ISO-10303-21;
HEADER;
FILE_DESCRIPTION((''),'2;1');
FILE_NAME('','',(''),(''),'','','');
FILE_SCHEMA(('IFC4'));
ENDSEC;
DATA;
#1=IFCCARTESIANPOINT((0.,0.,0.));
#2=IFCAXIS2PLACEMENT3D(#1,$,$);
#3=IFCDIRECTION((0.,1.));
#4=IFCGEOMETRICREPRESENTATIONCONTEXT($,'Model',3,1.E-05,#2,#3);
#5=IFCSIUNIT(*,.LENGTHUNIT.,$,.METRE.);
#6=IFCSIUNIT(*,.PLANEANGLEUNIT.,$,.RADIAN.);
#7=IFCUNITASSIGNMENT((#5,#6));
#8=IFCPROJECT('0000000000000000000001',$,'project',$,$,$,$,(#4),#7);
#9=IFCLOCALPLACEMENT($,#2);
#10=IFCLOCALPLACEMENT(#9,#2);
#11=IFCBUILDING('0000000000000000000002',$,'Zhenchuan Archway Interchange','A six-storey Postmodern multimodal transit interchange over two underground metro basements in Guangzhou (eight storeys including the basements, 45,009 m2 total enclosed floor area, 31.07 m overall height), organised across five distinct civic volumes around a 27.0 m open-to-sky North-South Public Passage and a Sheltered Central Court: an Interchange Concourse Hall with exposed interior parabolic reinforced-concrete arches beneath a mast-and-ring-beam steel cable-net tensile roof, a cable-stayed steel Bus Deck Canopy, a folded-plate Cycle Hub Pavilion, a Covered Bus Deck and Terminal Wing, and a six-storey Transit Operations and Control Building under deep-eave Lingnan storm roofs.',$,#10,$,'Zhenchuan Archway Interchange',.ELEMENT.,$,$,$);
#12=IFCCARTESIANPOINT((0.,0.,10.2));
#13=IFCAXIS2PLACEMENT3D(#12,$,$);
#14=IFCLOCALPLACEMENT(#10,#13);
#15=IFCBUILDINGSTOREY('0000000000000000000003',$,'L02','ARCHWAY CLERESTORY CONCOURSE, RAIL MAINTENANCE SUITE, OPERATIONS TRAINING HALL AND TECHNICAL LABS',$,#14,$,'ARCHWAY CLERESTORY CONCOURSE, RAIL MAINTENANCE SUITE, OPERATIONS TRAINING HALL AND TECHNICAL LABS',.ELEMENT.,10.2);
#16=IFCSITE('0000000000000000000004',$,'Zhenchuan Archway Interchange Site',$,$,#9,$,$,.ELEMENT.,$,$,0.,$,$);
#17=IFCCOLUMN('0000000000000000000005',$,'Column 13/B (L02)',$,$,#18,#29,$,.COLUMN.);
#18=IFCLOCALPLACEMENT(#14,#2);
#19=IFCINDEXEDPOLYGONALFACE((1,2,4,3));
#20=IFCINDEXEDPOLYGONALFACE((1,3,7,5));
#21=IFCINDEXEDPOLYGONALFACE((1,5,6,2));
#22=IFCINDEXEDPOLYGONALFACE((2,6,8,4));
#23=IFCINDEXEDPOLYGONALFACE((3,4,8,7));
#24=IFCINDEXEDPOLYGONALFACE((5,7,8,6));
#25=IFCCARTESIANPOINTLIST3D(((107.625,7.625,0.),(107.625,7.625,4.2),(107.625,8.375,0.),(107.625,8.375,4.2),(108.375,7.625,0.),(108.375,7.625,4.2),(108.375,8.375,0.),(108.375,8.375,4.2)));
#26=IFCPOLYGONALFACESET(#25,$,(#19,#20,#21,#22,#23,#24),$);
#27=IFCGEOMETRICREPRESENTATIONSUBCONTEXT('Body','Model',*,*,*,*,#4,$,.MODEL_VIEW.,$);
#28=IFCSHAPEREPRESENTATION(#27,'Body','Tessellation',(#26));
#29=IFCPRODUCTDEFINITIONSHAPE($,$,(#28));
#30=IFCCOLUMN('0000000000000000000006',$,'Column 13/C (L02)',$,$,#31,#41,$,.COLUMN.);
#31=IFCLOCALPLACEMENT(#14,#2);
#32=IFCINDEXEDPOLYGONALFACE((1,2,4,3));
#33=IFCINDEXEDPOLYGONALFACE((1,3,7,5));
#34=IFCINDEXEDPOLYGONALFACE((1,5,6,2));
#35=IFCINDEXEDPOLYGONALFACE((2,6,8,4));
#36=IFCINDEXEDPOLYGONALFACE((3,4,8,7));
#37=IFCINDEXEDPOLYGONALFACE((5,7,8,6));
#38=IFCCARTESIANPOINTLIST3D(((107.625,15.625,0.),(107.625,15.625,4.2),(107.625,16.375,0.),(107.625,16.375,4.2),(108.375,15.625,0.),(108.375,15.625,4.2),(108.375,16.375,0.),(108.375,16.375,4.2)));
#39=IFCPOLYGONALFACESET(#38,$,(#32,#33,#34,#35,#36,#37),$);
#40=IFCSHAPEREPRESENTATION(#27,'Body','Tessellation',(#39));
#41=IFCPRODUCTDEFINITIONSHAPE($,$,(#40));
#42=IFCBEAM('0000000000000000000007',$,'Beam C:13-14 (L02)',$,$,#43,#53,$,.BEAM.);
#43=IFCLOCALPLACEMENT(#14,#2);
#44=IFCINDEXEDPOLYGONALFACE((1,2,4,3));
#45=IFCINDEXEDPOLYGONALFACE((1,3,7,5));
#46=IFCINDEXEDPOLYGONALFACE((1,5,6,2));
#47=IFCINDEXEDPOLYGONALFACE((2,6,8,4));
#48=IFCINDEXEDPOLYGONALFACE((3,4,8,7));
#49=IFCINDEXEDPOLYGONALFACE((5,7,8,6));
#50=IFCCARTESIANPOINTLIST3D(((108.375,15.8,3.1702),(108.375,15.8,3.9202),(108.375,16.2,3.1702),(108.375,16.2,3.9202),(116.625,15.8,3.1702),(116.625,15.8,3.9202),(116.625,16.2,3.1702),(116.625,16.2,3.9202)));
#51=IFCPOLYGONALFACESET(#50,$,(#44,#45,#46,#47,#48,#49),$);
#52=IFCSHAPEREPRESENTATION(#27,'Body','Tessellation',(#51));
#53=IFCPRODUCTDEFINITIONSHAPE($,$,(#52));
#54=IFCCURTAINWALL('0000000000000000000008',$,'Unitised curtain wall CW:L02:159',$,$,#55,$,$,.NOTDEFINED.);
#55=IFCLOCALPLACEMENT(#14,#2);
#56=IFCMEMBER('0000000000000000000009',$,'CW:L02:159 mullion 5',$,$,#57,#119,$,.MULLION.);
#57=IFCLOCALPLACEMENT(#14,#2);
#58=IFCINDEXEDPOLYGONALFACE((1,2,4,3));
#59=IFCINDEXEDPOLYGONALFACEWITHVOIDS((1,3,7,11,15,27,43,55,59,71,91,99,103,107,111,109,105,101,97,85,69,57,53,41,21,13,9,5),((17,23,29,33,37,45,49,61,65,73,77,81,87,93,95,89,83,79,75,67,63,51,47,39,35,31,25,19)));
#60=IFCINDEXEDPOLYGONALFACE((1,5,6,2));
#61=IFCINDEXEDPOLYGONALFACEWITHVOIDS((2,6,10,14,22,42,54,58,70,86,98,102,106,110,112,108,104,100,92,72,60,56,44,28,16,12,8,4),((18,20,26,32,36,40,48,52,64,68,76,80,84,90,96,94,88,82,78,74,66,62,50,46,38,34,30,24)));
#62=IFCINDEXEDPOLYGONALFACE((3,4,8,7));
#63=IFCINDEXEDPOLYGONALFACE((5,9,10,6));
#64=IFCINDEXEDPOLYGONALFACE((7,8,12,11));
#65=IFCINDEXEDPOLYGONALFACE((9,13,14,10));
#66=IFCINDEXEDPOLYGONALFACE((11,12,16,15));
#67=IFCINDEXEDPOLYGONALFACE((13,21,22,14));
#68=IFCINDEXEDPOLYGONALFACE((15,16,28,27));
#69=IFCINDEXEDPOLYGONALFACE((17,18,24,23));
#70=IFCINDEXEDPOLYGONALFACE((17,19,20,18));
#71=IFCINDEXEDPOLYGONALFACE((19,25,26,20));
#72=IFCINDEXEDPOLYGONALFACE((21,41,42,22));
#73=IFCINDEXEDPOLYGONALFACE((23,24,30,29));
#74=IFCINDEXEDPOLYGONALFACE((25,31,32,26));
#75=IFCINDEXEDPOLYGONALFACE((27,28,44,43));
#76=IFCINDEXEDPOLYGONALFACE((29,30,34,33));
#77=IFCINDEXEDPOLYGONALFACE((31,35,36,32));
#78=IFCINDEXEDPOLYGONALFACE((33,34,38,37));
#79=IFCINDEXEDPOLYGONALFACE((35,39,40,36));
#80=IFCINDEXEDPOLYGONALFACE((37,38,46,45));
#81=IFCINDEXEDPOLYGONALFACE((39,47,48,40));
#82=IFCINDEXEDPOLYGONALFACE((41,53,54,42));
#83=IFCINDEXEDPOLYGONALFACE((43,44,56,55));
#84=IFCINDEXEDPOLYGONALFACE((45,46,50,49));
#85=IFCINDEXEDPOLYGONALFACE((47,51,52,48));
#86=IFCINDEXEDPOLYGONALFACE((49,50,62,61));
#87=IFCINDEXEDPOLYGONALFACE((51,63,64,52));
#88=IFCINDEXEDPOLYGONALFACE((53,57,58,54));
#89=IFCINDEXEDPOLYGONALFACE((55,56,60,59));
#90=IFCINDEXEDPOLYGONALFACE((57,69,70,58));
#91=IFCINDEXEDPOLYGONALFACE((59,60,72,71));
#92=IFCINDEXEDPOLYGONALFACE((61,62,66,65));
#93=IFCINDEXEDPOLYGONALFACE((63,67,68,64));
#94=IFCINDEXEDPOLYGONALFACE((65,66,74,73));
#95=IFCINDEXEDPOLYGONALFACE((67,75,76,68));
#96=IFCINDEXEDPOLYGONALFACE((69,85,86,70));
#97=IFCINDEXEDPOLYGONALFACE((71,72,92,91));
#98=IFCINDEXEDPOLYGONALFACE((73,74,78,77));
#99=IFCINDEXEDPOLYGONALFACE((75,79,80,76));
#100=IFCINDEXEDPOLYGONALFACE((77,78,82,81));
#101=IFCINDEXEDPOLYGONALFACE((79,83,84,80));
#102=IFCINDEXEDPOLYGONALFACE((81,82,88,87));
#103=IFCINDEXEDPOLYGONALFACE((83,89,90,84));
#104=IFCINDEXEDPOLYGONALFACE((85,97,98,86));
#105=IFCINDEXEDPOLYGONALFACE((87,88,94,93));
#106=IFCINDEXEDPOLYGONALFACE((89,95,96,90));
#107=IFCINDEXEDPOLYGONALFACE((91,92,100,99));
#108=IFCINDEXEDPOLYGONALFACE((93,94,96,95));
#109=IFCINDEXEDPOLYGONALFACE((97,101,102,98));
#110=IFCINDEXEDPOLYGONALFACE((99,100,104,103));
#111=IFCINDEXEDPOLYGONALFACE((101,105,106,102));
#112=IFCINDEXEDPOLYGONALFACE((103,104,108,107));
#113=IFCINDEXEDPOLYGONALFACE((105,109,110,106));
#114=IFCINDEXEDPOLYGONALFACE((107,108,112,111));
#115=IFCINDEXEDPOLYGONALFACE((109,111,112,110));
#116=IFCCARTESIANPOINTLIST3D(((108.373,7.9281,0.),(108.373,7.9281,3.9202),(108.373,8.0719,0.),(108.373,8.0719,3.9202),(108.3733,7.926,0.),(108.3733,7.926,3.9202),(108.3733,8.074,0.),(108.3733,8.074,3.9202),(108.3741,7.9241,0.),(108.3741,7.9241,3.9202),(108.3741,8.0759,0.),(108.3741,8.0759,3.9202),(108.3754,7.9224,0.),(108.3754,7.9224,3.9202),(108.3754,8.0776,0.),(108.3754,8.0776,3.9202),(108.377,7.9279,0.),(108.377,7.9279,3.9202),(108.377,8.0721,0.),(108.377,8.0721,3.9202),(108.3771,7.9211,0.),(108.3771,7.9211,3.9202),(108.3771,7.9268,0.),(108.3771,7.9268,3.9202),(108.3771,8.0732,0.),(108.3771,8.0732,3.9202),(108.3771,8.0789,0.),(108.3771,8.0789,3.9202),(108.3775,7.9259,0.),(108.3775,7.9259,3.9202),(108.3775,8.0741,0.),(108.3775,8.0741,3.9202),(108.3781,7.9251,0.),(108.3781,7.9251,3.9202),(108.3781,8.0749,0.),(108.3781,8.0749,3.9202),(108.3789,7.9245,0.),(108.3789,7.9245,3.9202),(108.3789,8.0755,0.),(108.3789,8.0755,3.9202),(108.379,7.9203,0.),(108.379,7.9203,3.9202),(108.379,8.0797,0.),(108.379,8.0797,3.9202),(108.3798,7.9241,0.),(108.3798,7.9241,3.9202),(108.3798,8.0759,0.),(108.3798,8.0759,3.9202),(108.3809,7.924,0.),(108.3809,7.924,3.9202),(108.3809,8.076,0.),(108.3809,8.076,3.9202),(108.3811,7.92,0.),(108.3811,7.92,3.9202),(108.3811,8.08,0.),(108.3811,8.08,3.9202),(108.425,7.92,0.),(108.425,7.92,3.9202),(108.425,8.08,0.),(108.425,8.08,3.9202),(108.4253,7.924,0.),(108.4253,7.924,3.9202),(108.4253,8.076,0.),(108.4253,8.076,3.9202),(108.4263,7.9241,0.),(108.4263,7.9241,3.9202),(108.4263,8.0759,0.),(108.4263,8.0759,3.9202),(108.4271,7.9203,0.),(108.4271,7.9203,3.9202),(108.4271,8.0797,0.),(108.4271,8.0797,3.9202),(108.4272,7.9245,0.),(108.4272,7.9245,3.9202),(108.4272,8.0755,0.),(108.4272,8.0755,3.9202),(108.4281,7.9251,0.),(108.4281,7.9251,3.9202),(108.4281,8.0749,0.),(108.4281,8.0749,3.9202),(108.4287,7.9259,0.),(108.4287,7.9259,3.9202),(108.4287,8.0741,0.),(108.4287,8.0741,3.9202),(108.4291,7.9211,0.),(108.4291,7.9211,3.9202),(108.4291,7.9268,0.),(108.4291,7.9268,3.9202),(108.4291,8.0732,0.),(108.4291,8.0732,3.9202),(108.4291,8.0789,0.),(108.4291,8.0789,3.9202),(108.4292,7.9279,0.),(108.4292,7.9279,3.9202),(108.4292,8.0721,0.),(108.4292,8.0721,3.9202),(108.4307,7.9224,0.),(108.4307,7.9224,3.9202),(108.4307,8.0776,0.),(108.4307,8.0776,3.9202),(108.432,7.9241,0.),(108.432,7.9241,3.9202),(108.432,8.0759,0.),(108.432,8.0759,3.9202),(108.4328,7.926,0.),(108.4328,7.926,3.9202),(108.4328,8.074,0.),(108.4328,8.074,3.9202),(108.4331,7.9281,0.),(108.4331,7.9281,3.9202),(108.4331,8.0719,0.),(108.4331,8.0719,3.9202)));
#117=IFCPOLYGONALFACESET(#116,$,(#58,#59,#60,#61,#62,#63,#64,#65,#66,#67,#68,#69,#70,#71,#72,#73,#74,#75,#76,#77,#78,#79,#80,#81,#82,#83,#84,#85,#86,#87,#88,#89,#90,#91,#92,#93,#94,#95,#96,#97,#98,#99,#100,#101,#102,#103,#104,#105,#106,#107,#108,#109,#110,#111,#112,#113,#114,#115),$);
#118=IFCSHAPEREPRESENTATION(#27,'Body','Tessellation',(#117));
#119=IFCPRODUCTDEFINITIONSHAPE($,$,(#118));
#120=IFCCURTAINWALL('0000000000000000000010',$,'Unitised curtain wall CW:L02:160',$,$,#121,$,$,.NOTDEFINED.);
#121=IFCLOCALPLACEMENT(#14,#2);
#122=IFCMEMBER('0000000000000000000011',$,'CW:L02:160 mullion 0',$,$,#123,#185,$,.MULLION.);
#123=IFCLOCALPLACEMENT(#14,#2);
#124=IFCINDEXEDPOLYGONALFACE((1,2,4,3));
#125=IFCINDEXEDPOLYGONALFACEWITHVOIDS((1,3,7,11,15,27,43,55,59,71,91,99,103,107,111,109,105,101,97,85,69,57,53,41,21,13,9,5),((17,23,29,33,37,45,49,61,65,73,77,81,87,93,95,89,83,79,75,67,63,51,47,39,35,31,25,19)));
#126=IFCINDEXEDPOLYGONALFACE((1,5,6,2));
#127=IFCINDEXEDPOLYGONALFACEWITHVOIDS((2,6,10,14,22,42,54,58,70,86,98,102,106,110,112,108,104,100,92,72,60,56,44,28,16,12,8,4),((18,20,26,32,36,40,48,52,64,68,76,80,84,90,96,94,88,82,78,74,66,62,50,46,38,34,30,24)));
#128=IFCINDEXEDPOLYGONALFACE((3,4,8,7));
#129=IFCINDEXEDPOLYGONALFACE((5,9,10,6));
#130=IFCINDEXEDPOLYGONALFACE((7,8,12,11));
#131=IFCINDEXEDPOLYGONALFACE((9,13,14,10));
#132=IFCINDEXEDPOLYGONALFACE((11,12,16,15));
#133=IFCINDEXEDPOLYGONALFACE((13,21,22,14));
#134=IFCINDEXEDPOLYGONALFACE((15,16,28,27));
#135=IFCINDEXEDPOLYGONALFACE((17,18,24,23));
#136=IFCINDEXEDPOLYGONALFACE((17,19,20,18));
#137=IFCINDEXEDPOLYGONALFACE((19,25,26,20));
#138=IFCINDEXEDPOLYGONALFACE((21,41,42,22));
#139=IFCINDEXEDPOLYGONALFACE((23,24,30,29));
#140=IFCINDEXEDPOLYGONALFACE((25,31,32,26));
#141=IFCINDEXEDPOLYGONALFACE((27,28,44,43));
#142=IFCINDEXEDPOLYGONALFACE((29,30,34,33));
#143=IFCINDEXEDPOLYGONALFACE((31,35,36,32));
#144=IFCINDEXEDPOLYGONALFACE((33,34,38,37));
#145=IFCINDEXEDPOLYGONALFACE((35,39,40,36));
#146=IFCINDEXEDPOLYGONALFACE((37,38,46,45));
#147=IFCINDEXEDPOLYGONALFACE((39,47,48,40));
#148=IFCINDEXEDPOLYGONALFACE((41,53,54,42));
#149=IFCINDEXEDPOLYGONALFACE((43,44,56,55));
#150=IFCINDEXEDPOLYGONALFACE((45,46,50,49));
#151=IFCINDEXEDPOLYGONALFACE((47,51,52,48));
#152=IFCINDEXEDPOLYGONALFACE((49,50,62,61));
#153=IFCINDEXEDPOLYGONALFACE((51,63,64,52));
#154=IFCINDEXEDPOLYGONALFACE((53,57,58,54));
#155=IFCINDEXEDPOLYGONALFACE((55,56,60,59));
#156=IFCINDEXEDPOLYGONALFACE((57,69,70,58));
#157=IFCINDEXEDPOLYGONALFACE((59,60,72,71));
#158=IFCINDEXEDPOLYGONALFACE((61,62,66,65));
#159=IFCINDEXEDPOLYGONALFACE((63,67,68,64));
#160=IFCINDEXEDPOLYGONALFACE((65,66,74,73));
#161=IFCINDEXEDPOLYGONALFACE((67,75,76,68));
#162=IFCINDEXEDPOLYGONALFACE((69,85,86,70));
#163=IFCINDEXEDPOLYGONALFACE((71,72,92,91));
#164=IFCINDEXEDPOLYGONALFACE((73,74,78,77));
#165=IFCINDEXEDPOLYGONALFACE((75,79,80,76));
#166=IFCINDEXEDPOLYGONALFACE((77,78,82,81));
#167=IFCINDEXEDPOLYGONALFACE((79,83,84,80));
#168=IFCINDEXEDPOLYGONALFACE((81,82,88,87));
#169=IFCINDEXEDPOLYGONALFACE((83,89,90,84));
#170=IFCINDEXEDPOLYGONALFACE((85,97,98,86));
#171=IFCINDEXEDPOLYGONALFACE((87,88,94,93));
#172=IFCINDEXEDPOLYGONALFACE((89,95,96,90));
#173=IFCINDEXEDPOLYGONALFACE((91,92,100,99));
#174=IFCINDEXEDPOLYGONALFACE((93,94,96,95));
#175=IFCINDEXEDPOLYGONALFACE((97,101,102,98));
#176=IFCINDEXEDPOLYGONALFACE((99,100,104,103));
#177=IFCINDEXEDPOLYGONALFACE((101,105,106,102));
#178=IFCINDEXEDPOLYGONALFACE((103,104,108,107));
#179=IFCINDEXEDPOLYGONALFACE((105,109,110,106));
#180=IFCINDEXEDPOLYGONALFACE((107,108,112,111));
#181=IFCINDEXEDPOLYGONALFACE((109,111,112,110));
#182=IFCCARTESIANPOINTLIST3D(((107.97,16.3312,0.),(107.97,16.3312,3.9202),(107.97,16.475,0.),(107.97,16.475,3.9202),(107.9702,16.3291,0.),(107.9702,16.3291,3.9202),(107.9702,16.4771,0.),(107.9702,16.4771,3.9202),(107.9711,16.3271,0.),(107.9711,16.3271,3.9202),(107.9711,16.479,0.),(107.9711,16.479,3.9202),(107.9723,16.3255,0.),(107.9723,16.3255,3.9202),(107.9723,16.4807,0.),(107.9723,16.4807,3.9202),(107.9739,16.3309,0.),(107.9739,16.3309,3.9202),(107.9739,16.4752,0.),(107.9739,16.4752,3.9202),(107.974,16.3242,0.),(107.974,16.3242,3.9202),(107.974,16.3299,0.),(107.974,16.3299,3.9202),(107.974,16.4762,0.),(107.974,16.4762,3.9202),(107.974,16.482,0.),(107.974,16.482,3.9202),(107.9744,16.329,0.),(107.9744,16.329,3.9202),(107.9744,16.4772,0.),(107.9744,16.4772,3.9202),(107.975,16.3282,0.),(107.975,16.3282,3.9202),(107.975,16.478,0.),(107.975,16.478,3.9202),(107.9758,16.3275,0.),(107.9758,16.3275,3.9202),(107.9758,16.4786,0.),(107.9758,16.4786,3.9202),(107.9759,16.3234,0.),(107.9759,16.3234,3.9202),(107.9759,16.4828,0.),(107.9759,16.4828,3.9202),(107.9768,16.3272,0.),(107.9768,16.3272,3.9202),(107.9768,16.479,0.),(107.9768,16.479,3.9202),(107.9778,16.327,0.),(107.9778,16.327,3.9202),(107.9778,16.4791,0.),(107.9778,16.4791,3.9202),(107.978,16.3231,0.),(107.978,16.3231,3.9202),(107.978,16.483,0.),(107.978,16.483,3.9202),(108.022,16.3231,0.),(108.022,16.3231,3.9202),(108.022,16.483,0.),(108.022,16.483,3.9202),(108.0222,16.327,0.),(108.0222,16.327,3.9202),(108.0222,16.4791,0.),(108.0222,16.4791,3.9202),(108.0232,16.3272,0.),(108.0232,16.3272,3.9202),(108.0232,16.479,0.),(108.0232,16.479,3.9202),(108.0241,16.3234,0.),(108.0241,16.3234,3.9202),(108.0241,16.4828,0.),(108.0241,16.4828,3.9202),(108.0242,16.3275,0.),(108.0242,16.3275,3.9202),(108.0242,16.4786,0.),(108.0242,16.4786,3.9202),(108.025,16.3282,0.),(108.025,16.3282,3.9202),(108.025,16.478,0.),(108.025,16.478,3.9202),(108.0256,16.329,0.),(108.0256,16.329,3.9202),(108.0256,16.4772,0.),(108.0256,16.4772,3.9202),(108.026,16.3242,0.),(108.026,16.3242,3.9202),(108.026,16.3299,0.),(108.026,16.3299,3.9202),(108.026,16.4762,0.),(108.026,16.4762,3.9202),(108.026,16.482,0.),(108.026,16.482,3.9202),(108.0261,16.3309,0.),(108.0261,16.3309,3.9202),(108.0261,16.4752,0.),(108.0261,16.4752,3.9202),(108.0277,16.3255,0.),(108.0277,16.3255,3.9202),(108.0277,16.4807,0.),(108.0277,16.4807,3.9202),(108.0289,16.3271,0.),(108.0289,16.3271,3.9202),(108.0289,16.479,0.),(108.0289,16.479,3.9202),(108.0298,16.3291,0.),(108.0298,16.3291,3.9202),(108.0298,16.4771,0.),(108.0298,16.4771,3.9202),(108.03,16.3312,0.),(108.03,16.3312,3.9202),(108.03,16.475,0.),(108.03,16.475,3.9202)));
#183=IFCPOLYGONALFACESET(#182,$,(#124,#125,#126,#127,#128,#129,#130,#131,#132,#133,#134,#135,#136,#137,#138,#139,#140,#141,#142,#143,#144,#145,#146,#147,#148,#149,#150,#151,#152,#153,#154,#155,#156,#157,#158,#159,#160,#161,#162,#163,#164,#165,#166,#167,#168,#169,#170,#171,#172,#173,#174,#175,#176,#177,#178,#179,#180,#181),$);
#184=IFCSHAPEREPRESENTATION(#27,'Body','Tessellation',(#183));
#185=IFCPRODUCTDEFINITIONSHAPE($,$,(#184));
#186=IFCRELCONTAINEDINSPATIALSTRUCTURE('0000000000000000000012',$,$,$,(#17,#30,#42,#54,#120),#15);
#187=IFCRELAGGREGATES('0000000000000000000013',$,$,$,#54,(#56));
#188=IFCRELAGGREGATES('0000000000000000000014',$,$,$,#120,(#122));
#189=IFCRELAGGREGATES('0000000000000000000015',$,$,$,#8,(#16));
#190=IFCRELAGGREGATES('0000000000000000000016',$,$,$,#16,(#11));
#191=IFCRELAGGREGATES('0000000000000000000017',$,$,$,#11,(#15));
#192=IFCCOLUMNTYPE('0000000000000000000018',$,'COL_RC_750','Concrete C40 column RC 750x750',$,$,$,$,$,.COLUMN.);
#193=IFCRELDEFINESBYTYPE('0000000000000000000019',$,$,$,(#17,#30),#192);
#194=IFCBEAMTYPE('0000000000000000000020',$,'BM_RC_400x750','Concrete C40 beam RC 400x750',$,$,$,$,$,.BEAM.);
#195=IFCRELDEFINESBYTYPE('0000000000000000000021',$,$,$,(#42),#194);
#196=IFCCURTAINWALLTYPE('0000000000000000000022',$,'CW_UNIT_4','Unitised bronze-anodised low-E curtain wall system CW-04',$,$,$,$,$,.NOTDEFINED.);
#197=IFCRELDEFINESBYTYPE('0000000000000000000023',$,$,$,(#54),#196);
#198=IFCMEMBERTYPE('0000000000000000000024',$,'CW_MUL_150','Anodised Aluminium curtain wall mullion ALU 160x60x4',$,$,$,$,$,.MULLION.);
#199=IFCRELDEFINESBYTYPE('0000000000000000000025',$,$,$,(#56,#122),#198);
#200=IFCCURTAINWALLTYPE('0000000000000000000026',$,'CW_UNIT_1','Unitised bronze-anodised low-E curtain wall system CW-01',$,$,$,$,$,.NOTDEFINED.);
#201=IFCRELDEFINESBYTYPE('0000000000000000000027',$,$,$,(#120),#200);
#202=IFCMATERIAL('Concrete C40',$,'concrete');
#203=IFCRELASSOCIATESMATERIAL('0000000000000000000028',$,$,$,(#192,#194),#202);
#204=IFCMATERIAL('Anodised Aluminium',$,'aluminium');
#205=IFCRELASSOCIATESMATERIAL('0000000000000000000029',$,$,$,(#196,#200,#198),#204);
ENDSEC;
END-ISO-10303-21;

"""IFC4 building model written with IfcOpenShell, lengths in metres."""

from ifc_helpers import new_model, si_unit, direction, frame, origin, origin_2d, place, context, subcontext, project, spatial, rectangle, hollow_rectangle, extrude, material, material_profile, profile_set, type_object, element, aggregate, save


model = new_model("IFC4")

# Units and contexts
model_context = context("Model", 3, precision=1e-05, world=origin(), true_north=direction((0.0, 1.0)))
body_context = subcontext(model_context, "Body", "Model", "MODEL_VIEW")
ifc_project = project(units=[si_unit("LENGTHUNIT", "METRE"), si_unit("PLANEANGLEUNIT", "RADIAN")], contexts=[model_context])

# Site, building, storey
site_placement = place(None, origin())
site = spatial("IfcSite", under=ifc_project, at=site_placement, Name="Zhenchuan Archway Interchange Site", CompositionType="ELEMENT", RefElevation=0.0)
building_placement = place(site_placement, origin())
building = spatial("IfcBuilding", under=site, at=building_placement, Name="Zhenchuan Archway Interchange", Description="A six-storey Postmodern multimodal transit interchange over two underground metro basements in Guangzhou (eight storeys including the basements, 45,009 m2 total enclosed floor area, 31.07 m overall height), organised across five distinct civic volumes around a 27.0 m open-to-sky North-South Public Passage and a Sheltered Central Court: an Interchange Concourse Hall with exposed interior parabolic reinforced-concrete arches beneath a mast-and-ring-beam steel cable-net tensile roof, a cable-stayed steel Bus Deck Canopy, a folded-plate Cycle Hub Pavilion, a Covered Bus Deck and Terminal Wing, and a six-storey Transit Operations and Control Building under deep-eave Lingnan storm roofs.", LongName="Zhenchuan Archway Interchange", CompositionType="ELEMENT")
storey_placement = place(building_placement, frame((0.0, 0.0, 10.2)))
storey = spatial("IfcBuildingStorey", under=building, at=storey_placement, Name="L02", Description="ARCHWAY CLERESTORY CONCOURSE, RAIL MAINTENANCE SUITE, OPERATIONS TRAINING HALL AND TECHNICAL LABS", LongName="ARCHWAY CLERESTORY CONCOURSE, RAIL MAINTENANCE SUITE, OPERATIONS TRAINING HALL AND TECHNICAL LABS", CompositionType="ELEMENT", Elevation=10.2)

# Columns
ifc_material_1 = material(Name="Concrete C40", Category="concrete")
ifc_material_profile_1 = material_profile(ifc_material_1, rectangle(XDim=0.75, YDim=0.75, at=origin_2d()), Name="RC 750x750")
ifc_profile_set_1 = profile_set([ifc_material_profile_1], Name="Concrete C40")
column_type = type_object("IfcColumnType", Name="COL_RC_750", Description="Concrete C40 column RC 750x750", PredefinedType="COLUMN", material=ifc_profile_set_1)
for number, where, z_axis, x_axis, name in (
    (1, (108.0, 8.0, 0.0), (0.0, 0.0, 1.0), (1.0, 0.0, 0.0), "Column 13/B (L02)"),
    (2, (108.0, 16.0, 0.0), (0.0, 0.0, 1.0), (1.0, 0.0, 0.0), "Column 13/C (L02)"),
):
    element("IfcColumn", number, at=place(storey_placement, frame(where, z_axis=z_axis, x_axis=x_axis)), inside=storey, type_object=column_type, Name=name, PredefinedType="COLUMN", context=body_context, shape_type="SweptSolid", body=[
        extrude(rectangle(XDim=0.75, YDim=0.75, at=origin_2d()), origin(), (0.0, 0.0, 1.0), 4.2),
    ])

# Beam
ifc_material_profile_2 = material_profile(ifc_material_1, rectangle(XDim=0.3999, YDim=0.75, at=origin_2d()), Name="RC 400x750")
ifc_profile_set_2 = profile_set([ifc_material_profile_2], Name="Concrete C40")
beam_type_1 = type_object("IfcBeamType", Name="BM_RC_400x750", Description="Concrete C40 beam RC 400x750", PredefinedType="BEAM", material=ifc_profile_set_2)
beam_1_placement = place(storey_placement, frame((108.375, 16.0, 3.5452), z_axis=(1.0, 0.0, 0.0), x_axis=(0.0, 1.0, 0.0)))
element("IfcBeam", 3, at=beam_1_placement, inside=storey, type_object=beam_type_1, Name="Beam C:13-14 (L02)", PredefinedType="BEAM", context=body_context, shape_type="SweptSolid", body=[
    extrude(rectangle(XDim=0.3999, YDim=0.75, at=origin_2d()), origin(), (0.0, 0.0, 1.0), 8.25),
])

# Curtain wall, member
ifc_material_2 = material(Name="Anodised Aluminium", Category="aluminium")
curtain_wall_type_1 = type_object("IfcCurtainWallType", Name="CW_UNIT_4", Description="Unitised bronze-anodised low-E curtain wall system CW-04", PredefinedType="NOTDEFINED", material=ifc_material_2)
curtain_wall_1_placement = place(storey_placement, origin())
curtain_wall_1 = element("IfcCurtainWall", 4, at=curtain_wall_1_placement, inside=storey, type_object=curtain_wall_type_1, Name="Unitised curtain wall CW:L02:159", PredefinedType="NOTDEFINED")
ifc_material_profile_3 = material_profile(ifc_material_2, hollow_rectangle(XDim=0.0601, YDim=0.1599, WallThickness=0.0039, InnerFilletRadius=0.0039, OuterFilletRadius=0.0081, at=origin_2d()), Name="ALU 160x60x4")
ifc_profile_set_3 = profile_set([ifc_material_profile_3], Name="Anodised Aluminium")
member_type_1 = type_object("IfcMemberType", Name="CW_MUL_150", Description="Anodised Aluminium curtain wall mullion ALU 160x60x4", PredefinedType="MULLION", material=ifc_profile_set_3)
member_1_placement = place(storey_placement, frame((108.4031, 8.0, 0.0), z_axis=(0.0, 0.0, 1.0), x_axis=(1.0, 0.0, 0.0)))
member_1 = element("IfcMember", 5, at=member_1_placement, type_object=member_type_1, Name="CW:L02:159 mullion 5", PredefinedType="MULLION", context=body_context, shape_type="SweptSolid", body=[
    extrude(hollow_rectangle(XDim=0.0601, YDim=0.1599, WallThickness=0.0039, InnerFilletRadius=0.0039, OuterFilletRadius=0.0081, at=origin_2d()), origin(), (0.0, 0.0, 1.0), 3.9202),
])
aggregate(curtain_wall_1, [member_1])

# Curtain wall, member
curtain_wall_type_2 = type_object("IfcCurtainWallType", Name="CW_UNIT_1", Description="Unitised bronze-anodised low-E curtain wall system CW-01", PredefinedType="NOTDEFINED", material=ifc_material_2)
curtain_wall_2_placement = place(storey_placement, origin())
curtain_wall_2 = element("IfcCurtainWall", 6, at=curtain_wall_2_placement, inside=storey, type_object=curtain_wall_type_2, Name="Unitised curtain wall CW:L02:160", PredefinedType="NOTDEFINED")
member_2_placement = place(storey_placement, frame((108.0, 16.4031, 0.0), z_axis=(0.0, 0.0, 1.0), x_axis=(1.0, 0.0, 0.0)))
member_2 = element("IfcMember", 7, at=member_2_placement, type_object=member_type_1, Name="CW:L02:160 mullion 0", PredefinedType="MULLION", context=body_context, shape_type="SweptSolid", body=[
    extrude(hollow_rectangle(XDim=0.0601, YDim=0.1599, WallThickness=0.0039, InnerFilletRadius=0.0039, OuterFilletRadius=0.0081, at=origin_2d()), origin(), (0.0, 0.0, 1.0), 3.9202),
])

aggregate(curtain_wall_2, [member_2])

save(model, "model.ifc")
